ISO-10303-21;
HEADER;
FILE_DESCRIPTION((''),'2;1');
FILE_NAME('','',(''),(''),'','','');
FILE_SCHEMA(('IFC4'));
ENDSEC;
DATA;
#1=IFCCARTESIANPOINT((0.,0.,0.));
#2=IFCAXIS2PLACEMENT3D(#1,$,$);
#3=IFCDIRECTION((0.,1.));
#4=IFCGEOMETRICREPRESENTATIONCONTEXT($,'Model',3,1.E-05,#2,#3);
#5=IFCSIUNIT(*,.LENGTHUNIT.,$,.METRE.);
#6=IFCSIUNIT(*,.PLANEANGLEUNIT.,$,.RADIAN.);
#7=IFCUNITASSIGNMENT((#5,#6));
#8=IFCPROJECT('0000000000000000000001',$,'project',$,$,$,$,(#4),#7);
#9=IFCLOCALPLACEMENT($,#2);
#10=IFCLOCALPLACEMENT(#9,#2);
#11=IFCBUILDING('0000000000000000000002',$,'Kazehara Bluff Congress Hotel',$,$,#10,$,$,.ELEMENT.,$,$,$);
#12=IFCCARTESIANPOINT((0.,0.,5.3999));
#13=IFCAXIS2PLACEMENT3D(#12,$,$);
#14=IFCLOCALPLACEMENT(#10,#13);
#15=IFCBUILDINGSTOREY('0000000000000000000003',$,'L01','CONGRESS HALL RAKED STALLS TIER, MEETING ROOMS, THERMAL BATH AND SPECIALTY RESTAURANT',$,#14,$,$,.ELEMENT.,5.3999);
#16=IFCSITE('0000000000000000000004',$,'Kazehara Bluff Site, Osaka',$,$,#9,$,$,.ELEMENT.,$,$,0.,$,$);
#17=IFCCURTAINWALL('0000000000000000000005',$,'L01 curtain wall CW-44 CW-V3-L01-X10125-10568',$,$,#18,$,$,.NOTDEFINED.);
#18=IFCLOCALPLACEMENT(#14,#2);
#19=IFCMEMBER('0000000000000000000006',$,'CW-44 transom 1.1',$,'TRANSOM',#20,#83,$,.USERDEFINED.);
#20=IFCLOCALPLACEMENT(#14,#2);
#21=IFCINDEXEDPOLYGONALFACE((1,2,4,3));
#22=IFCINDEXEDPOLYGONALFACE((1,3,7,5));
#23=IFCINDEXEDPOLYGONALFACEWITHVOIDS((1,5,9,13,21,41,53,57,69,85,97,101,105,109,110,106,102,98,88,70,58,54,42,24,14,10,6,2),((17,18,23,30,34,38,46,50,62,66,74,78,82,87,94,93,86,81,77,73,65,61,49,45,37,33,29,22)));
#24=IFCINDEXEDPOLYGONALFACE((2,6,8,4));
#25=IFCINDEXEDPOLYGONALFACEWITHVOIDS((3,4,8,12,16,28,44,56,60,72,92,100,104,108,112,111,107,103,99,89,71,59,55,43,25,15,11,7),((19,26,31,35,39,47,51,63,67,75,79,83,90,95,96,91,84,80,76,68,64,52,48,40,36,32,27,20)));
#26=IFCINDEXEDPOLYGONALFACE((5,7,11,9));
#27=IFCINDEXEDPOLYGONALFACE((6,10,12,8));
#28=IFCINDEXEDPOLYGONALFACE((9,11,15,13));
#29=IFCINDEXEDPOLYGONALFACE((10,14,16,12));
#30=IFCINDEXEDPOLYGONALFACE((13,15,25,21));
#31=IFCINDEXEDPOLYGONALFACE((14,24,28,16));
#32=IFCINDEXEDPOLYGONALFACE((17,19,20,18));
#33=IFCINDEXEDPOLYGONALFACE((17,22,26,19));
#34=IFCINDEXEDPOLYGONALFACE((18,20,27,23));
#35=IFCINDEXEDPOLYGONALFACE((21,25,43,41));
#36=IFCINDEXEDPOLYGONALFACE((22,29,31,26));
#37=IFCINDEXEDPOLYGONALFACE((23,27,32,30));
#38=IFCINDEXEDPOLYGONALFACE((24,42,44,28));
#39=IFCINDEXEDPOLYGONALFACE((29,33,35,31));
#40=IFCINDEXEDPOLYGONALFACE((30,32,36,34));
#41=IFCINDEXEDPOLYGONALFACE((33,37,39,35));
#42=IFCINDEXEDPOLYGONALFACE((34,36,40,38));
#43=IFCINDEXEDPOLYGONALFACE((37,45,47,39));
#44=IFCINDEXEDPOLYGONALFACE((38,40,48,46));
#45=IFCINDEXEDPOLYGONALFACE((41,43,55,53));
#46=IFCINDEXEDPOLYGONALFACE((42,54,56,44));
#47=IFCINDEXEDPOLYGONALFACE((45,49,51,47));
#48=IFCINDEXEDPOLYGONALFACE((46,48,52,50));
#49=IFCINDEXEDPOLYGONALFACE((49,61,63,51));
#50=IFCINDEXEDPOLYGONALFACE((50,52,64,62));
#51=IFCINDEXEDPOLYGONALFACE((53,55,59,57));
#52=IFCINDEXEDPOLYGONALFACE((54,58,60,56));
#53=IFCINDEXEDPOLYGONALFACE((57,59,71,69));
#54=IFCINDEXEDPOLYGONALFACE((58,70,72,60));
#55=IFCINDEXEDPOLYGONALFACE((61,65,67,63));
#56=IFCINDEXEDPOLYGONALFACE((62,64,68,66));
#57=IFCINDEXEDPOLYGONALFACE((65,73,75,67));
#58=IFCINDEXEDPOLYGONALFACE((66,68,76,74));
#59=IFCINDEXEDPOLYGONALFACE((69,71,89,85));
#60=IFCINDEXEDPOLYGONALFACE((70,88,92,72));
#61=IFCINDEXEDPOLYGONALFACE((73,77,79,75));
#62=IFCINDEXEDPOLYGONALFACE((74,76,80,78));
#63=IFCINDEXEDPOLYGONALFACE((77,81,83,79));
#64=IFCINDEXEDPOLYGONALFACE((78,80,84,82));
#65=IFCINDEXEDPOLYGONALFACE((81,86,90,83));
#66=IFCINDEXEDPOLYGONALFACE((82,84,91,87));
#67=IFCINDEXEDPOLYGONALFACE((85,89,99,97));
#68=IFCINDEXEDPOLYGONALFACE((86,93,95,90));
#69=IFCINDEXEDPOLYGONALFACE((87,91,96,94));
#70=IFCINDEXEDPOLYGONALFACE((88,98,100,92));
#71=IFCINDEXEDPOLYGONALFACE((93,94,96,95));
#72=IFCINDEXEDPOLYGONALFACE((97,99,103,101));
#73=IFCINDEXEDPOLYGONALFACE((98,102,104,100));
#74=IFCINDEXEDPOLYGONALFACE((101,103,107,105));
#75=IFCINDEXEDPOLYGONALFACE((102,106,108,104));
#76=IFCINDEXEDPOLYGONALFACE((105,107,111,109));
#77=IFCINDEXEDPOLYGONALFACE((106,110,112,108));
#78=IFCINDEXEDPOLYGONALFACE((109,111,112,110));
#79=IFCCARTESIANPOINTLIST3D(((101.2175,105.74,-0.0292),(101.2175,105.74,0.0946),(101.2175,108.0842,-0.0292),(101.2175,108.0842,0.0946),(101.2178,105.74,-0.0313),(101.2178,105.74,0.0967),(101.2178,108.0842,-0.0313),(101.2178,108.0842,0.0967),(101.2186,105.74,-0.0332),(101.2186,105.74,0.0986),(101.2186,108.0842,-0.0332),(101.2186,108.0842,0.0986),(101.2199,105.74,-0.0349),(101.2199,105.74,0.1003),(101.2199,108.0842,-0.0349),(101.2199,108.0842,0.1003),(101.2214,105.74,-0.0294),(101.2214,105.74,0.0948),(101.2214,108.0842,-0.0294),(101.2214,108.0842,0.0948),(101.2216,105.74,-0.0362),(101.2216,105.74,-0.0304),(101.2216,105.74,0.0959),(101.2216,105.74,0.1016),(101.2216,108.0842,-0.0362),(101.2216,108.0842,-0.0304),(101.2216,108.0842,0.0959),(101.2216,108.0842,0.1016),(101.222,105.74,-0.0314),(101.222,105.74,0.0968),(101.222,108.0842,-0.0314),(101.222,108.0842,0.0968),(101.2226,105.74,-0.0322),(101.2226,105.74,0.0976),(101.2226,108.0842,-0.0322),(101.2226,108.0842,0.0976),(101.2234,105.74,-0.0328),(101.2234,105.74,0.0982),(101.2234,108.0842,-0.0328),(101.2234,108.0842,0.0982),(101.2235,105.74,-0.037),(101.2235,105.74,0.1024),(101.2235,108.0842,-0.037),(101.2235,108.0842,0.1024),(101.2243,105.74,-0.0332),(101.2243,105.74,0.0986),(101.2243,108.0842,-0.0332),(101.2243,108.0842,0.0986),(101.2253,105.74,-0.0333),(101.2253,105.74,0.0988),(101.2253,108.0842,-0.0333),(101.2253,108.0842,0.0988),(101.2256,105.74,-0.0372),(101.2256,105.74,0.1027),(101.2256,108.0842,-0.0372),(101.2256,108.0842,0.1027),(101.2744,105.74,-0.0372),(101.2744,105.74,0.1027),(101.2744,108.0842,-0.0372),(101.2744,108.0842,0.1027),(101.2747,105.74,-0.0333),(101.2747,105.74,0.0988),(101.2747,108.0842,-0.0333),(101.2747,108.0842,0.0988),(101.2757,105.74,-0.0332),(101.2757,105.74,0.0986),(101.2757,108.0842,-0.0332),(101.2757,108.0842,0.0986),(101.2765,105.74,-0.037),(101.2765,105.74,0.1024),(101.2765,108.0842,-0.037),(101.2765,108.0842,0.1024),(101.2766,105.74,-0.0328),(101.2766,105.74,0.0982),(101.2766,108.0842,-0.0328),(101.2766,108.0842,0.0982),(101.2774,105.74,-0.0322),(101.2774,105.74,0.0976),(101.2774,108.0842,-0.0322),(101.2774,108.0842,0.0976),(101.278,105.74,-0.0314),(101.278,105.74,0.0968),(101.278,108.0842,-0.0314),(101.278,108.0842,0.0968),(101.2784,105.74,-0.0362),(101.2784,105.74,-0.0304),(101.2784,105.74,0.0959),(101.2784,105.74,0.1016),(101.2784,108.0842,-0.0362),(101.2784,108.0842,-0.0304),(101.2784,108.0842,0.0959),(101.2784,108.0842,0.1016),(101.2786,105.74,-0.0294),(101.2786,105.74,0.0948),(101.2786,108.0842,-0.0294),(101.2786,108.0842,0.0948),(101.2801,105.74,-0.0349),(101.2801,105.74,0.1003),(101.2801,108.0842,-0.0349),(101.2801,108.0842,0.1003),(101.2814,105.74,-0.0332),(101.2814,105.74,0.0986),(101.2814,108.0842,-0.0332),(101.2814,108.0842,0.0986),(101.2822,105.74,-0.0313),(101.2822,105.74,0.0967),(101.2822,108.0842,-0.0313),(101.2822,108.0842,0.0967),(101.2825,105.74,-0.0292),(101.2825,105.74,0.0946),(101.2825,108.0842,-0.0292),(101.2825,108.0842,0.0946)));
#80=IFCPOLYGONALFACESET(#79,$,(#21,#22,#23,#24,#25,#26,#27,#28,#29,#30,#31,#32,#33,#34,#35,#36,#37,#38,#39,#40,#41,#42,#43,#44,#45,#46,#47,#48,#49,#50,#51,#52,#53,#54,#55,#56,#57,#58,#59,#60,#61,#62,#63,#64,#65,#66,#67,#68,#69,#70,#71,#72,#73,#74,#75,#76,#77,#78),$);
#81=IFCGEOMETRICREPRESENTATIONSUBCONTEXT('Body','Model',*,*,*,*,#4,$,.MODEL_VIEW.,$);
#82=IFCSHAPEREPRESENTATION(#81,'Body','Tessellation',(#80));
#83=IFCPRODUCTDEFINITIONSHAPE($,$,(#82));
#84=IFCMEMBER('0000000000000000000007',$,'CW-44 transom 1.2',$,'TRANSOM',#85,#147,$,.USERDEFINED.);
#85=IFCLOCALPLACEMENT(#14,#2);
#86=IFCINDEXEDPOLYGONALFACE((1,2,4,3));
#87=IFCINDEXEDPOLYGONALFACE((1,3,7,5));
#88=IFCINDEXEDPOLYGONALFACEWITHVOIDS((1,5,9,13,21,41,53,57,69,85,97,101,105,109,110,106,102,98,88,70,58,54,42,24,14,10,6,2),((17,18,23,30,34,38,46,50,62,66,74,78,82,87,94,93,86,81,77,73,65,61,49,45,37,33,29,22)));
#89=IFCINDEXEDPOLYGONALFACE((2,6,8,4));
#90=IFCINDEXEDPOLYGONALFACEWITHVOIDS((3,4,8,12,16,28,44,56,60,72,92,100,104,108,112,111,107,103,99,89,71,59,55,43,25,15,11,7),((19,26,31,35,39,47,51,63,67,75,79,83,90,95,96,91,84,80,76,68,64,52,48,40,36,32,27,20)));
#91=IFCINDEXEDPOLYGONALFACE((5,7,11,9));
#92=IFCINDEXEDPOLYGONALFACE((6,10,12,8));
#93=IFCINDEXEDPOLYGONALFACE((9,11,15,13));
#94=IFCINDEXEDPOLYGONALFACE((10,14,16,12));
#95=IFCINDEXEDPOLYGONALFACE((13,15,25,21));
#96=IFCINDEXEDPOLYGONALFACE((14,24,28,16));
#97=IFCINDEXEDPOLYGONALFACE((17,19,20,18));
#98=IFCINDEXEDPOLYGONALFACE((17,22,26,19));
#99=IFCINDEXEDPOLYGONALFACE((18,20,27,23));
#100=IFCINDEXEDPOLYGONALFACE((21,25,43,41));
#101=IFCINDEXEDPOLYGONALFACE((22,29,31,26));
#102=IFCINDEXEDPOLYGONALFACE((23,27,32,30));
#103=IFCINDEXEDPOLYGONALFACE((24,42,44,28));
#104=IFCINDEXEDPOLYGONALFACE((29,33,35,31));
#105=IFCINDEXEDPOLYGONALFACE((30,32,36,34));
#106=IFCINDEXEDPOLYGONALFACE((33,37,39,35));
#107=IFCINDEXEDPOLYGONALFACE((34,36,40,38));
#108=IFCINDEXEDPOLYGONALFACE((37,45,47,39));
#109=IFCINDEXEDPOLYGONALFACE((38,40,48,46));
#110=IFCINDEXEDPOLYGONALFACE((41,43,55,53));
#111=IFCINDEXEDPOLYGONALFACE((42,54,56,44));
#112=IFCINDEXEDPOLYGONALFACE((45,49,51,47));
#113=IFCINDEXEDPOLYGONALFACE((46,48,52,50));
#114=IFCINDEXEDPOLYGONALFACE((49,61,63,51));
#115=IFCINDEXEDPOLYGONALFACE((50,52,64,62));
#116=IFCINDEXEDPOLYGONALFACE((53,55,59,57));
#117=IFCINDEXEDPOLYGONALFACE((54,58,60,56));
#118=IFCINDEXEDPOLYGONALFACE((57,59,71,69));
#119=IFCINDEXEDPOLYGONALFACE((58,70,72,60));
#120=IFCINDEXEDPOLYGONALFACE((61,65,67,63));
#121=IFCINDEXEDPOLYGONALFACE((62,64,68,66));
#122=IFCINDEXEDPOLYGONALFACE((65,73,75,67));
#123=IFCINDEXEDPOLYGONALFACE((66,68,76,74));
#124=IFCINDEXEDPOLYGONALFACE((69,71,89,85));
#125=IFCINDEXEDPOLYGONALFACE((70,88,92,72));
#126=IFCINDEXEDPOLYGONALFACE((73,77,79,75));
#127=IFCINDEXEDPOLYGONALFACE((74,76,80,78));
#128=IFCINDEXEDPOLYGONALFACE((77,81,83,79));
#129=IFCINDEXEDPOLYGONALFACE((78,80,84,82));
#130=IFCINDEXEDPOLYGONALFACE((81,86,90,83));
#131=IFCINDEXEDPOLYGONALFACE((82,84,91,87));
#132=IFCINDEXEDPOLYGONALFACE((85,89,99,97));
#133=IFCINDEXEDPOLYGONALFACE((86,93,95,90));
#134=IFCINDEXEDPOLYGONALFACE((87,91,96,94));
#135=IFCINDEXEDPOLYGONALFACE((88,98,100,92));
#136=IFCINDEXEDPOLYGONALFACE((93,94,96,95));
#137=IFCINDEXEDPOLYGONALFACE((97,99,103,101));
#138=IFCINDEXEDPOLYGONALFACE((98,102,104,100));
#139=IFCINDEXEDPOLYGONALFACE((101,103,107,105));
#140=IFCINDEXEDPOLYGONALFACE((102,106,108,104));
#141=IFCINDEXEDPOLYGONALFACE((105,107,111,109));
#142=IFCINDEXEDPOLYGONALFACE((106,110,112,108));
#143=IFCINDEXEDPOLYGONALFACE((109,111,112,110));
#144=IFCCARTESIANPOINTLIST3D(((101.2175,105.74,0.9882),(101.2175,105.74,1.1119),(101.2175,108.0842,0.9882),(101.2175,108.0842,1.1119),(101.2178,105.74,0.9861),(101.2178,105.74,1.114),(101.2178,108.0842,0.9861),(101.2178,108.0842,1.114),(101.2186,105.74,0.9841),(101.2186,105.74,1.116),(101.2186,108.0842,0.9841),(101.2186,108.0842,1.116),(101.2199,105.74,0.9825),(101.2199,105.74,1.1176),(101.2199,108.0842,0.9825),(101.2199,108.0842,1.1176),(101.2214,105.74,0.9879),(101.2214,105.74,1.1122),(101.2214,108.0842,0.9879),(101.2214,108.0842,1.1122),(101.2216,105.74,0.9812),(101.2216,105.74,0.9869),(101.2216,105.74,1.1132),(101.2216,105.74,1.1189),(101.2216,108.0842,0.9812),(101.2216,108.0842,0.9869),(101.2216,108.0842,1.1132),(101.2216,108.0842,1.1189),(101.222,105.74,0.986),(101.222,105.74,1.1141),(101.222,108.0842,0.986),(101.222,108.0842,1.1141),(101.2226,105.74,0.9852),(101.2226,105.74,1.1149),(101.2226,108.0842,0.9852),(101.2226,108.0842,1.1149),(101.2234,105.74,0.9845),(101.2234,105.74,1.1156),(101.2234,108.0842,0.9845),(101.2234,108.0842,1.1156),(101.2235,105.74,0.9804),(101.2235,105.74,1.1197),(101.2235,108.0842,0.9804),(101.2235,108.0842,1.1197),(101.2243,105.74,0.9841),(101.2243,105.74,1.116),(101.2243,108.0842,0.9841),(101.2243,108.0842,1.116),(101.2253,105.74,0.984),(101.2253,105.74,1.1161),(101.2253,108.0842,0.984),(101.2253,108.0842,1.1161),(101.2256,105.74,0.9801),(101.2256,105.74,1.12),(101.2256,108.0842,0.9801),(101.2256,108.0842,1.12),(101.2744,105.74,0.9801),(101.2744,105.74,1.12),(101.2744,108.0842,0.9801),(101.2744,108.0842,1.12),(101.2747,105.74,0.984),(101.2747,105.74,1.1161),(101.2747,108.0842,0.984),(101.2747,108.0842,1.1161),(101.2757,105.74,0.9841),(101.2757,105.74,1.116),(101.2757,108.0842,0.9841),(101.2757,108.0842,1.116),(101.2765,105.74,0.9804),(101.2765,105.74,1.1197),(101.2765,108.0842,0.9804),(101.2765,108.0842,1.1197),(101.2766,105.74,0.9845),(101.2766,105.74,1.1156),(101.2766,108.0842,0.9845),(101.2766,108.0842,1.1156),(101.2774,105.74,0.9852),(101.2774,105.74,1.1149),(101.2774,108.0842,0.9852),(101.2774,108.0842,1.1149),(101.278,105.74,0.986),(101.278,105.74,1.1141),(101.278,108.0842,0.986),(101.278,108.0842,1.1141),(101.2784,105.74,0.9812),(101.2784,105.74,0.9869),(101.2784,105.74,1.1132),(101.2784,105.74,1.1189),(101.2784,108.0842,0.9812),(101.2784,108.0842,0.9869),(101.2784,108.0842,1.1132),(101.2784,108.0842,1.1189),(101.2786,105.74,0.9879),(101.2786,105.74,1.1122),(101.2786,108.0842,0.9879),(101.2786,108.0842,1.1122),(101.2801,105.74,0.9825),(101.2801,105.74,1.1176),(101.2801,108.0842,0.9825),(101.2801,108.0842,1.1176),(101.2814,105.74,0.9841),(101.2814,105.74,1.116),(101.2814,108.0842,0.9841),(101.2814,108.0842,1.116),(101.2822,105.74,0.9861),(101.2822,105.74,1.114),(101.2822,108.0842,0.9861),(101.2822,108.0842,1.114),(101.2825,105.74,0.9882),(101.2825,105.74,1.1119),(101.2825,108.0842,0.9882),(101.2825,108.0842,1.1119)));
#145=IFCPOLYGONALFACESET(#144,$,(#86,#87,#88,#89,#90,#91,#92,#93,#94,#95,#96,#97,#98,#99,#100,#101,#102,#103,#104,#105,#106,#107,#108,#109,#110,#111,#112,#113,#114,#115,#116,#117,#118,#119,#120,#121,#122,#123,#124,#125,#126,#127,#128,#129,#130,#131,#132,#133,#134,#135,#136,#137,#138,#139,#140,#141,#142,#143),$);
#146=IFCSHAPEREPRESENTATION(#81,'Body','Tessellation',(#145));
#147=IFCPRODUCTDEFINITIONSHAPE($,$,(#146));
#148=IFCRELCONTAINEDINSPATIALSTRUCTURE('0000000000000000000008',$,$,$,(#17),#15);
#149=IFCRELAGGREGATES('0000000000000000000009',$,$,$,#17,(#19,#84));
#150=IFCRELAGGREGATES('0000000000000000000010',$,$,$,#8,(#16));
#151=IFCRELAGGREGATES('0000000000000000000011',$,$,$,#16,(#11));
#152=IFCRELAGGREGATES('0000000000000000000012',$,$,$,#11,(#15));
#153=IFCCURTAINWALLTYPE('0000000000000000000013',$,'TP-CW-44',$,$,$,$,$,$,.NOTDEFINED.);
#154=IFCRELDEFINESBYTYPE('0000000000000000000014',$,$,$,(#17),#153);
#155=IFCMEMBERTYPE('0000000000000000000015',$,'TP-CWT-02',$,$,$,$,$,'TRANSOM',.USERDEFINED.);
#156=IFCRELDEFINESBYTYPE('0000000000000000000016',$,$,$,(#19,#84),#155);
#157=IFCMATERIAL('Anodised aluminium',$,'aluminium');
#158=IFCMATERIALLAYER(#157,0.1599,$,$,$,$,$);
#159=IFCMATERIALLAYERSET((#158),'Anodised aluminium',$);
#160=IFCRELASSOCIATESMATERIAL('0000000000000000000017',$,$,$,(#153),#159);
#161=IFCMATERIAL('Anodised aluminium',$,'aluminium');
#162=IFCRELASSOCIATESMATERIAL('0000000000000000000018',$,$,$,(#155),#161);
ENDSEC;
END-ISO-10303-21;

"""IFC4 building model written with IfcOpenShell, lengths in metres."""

from ifc_helpers import new_model, si_unit, direction, frame, origin, origin_2d, place, context, subcontext, project, spatial, hollow_rectangle, extrude, material, layer, layer_set, material_profile, profile_set, type_object, element, aggregate, save


model = new_model("IFC4")

# Units and contexts
model_context = context("Model", 3, precision=1e-05, world=origin(), true_north=direction((0.0, 1.0)))
body_context = subcontext(model_context, "Body", "Model", "MODEL_VIEW")
ifc_project = project(units=[si_unit("LENGTHUNIT", "METRE"), si_unit("PLANEANGLEUNIT", "RADIAN")], contexts=[model_context])

# Site, building, storey
site_placement = place(None, origin())
site = spatial("IfcSite", under=ifc_project, at=site_placement, Name="Kazehara Bluff Site, Osaka", CompositionType="ELEMENT", RefElevation=0.0)
building_placement = place(site_placement, origin())
building = spatial("IfcBuilding", under=site, at=building_placement, Name="Kazehara Bluff Congress Hotel", CompositionType="ELEMENT")
storey_placement = place(building_placement, frame((0.0, 0.0, 5.3999)))
storey = spatial("IfcBuildingStorey", under=building, at=storey_placement, Name="L01", Description="CONGRESS HALL RAKED STALLS TIER, MEETING ROOMS, THERMAL BATH AND SPECIALTY RESTAURANT", CompositionType="ELEMENT", Elevation=5.3999)

# Curtain wall
ifc_material_1 = material(Name="Anodised aluminium", Category="aluminium")
ifc_layer_1 = layer(ifc_material_1, 0.1599)
ifc_layer_set_1 = layer_set([ifc_layer_1], Name="Anodised aluminium")
curtain_wall_type_1 = type_object("IfcCurtainWallType", Name="TP-CW-44", PredefinedType="NOTDEFINED", material=ifc_layer_set_1)
curtain_wall_1_placement = place(storey_placement, origin())
curtain_wall_1 = element("IfcCurtainWall", 1, at=curtain_wall_1_placement, inside=storey, type_object=curtain_wall_type_1, Name="L01 curtain wall CW-44 CW-V3-L01-X10125-10568", PredefinedType="NOTDEFINED")

# Members
ifc_material_2 = material(Name="Anodised aluminium", Category="aluminium")
ifc_material_profile_1 = material_profile(ifc_material_2, hollow_rectangle(XDim=0.0649, YDim=0.1399, WallThickness=0.0039, InnerFilletRadius=0.0039, OuterFilletRadius=0.0081, at=origin_2d()))
ifc_profile_set_1 = profile_set([ifc_material_profile_1], Name="Anodised aluminium")
member_type_1 = type_object("IfcMemberType", Name="TP-CWT-02", ElementType="TRANSOM", PredefinedType="USERDEFINED", material=ifc_profile_set_1)
member_1_placement = place(storey_placement, frame((101.25, 105.74, 0.0327), z_axis=(0.0, 1.0, 0.0), x_axis=(-1.0, 0.0, 0.0)))
member_1 = element("IfcMember", 2, at=member_1_placement, type_object=member_type_1, Name="CW-44 transom 1.1", ObjectType="TRANSOM", PredefinedType="USERDEFINED", context=body_context, shape_type="SweptSolid", body=[
    extrude(hollow_rectangle(XDim=0.0649, YDim=0.1399, WallThickness=0.0039, InnerFilletRadius=0.0039, OuterFilletRadius=0.0081, at=origin_2d()), origin(), (0.0, 0.0, 1.0), 2.3442),
])
member_2_placement = place(storey_placement, frame((101.25, 105.74, 1.05), z_axis=(0.0, 1.0, 0.0), x_axis=(-1.0, 0.0, 0.0)))
member_2 = element("IfcMember", 3, at=member_2_placement, type_object=member_type_1, Name="CW-44 transom 1.2", ObjectType="TRANSOM", PredefinedType="USERDEFINED", context=body_context, shape_type="SweptSolid", body=[
    extrude(hollow_rectangle(XDim=0.0649, YDim=0.1399, WallThickness=0.0039, InnerFilletRadius=0.0039, OuterFilletRadius=0.0081, at=origin_2d()), origin(), (0.0, 0.0, 1.0), 2.3442),
])

aggregate(curtain_wall_1, [member_1, member_2])

save(model, "model.ifc")
